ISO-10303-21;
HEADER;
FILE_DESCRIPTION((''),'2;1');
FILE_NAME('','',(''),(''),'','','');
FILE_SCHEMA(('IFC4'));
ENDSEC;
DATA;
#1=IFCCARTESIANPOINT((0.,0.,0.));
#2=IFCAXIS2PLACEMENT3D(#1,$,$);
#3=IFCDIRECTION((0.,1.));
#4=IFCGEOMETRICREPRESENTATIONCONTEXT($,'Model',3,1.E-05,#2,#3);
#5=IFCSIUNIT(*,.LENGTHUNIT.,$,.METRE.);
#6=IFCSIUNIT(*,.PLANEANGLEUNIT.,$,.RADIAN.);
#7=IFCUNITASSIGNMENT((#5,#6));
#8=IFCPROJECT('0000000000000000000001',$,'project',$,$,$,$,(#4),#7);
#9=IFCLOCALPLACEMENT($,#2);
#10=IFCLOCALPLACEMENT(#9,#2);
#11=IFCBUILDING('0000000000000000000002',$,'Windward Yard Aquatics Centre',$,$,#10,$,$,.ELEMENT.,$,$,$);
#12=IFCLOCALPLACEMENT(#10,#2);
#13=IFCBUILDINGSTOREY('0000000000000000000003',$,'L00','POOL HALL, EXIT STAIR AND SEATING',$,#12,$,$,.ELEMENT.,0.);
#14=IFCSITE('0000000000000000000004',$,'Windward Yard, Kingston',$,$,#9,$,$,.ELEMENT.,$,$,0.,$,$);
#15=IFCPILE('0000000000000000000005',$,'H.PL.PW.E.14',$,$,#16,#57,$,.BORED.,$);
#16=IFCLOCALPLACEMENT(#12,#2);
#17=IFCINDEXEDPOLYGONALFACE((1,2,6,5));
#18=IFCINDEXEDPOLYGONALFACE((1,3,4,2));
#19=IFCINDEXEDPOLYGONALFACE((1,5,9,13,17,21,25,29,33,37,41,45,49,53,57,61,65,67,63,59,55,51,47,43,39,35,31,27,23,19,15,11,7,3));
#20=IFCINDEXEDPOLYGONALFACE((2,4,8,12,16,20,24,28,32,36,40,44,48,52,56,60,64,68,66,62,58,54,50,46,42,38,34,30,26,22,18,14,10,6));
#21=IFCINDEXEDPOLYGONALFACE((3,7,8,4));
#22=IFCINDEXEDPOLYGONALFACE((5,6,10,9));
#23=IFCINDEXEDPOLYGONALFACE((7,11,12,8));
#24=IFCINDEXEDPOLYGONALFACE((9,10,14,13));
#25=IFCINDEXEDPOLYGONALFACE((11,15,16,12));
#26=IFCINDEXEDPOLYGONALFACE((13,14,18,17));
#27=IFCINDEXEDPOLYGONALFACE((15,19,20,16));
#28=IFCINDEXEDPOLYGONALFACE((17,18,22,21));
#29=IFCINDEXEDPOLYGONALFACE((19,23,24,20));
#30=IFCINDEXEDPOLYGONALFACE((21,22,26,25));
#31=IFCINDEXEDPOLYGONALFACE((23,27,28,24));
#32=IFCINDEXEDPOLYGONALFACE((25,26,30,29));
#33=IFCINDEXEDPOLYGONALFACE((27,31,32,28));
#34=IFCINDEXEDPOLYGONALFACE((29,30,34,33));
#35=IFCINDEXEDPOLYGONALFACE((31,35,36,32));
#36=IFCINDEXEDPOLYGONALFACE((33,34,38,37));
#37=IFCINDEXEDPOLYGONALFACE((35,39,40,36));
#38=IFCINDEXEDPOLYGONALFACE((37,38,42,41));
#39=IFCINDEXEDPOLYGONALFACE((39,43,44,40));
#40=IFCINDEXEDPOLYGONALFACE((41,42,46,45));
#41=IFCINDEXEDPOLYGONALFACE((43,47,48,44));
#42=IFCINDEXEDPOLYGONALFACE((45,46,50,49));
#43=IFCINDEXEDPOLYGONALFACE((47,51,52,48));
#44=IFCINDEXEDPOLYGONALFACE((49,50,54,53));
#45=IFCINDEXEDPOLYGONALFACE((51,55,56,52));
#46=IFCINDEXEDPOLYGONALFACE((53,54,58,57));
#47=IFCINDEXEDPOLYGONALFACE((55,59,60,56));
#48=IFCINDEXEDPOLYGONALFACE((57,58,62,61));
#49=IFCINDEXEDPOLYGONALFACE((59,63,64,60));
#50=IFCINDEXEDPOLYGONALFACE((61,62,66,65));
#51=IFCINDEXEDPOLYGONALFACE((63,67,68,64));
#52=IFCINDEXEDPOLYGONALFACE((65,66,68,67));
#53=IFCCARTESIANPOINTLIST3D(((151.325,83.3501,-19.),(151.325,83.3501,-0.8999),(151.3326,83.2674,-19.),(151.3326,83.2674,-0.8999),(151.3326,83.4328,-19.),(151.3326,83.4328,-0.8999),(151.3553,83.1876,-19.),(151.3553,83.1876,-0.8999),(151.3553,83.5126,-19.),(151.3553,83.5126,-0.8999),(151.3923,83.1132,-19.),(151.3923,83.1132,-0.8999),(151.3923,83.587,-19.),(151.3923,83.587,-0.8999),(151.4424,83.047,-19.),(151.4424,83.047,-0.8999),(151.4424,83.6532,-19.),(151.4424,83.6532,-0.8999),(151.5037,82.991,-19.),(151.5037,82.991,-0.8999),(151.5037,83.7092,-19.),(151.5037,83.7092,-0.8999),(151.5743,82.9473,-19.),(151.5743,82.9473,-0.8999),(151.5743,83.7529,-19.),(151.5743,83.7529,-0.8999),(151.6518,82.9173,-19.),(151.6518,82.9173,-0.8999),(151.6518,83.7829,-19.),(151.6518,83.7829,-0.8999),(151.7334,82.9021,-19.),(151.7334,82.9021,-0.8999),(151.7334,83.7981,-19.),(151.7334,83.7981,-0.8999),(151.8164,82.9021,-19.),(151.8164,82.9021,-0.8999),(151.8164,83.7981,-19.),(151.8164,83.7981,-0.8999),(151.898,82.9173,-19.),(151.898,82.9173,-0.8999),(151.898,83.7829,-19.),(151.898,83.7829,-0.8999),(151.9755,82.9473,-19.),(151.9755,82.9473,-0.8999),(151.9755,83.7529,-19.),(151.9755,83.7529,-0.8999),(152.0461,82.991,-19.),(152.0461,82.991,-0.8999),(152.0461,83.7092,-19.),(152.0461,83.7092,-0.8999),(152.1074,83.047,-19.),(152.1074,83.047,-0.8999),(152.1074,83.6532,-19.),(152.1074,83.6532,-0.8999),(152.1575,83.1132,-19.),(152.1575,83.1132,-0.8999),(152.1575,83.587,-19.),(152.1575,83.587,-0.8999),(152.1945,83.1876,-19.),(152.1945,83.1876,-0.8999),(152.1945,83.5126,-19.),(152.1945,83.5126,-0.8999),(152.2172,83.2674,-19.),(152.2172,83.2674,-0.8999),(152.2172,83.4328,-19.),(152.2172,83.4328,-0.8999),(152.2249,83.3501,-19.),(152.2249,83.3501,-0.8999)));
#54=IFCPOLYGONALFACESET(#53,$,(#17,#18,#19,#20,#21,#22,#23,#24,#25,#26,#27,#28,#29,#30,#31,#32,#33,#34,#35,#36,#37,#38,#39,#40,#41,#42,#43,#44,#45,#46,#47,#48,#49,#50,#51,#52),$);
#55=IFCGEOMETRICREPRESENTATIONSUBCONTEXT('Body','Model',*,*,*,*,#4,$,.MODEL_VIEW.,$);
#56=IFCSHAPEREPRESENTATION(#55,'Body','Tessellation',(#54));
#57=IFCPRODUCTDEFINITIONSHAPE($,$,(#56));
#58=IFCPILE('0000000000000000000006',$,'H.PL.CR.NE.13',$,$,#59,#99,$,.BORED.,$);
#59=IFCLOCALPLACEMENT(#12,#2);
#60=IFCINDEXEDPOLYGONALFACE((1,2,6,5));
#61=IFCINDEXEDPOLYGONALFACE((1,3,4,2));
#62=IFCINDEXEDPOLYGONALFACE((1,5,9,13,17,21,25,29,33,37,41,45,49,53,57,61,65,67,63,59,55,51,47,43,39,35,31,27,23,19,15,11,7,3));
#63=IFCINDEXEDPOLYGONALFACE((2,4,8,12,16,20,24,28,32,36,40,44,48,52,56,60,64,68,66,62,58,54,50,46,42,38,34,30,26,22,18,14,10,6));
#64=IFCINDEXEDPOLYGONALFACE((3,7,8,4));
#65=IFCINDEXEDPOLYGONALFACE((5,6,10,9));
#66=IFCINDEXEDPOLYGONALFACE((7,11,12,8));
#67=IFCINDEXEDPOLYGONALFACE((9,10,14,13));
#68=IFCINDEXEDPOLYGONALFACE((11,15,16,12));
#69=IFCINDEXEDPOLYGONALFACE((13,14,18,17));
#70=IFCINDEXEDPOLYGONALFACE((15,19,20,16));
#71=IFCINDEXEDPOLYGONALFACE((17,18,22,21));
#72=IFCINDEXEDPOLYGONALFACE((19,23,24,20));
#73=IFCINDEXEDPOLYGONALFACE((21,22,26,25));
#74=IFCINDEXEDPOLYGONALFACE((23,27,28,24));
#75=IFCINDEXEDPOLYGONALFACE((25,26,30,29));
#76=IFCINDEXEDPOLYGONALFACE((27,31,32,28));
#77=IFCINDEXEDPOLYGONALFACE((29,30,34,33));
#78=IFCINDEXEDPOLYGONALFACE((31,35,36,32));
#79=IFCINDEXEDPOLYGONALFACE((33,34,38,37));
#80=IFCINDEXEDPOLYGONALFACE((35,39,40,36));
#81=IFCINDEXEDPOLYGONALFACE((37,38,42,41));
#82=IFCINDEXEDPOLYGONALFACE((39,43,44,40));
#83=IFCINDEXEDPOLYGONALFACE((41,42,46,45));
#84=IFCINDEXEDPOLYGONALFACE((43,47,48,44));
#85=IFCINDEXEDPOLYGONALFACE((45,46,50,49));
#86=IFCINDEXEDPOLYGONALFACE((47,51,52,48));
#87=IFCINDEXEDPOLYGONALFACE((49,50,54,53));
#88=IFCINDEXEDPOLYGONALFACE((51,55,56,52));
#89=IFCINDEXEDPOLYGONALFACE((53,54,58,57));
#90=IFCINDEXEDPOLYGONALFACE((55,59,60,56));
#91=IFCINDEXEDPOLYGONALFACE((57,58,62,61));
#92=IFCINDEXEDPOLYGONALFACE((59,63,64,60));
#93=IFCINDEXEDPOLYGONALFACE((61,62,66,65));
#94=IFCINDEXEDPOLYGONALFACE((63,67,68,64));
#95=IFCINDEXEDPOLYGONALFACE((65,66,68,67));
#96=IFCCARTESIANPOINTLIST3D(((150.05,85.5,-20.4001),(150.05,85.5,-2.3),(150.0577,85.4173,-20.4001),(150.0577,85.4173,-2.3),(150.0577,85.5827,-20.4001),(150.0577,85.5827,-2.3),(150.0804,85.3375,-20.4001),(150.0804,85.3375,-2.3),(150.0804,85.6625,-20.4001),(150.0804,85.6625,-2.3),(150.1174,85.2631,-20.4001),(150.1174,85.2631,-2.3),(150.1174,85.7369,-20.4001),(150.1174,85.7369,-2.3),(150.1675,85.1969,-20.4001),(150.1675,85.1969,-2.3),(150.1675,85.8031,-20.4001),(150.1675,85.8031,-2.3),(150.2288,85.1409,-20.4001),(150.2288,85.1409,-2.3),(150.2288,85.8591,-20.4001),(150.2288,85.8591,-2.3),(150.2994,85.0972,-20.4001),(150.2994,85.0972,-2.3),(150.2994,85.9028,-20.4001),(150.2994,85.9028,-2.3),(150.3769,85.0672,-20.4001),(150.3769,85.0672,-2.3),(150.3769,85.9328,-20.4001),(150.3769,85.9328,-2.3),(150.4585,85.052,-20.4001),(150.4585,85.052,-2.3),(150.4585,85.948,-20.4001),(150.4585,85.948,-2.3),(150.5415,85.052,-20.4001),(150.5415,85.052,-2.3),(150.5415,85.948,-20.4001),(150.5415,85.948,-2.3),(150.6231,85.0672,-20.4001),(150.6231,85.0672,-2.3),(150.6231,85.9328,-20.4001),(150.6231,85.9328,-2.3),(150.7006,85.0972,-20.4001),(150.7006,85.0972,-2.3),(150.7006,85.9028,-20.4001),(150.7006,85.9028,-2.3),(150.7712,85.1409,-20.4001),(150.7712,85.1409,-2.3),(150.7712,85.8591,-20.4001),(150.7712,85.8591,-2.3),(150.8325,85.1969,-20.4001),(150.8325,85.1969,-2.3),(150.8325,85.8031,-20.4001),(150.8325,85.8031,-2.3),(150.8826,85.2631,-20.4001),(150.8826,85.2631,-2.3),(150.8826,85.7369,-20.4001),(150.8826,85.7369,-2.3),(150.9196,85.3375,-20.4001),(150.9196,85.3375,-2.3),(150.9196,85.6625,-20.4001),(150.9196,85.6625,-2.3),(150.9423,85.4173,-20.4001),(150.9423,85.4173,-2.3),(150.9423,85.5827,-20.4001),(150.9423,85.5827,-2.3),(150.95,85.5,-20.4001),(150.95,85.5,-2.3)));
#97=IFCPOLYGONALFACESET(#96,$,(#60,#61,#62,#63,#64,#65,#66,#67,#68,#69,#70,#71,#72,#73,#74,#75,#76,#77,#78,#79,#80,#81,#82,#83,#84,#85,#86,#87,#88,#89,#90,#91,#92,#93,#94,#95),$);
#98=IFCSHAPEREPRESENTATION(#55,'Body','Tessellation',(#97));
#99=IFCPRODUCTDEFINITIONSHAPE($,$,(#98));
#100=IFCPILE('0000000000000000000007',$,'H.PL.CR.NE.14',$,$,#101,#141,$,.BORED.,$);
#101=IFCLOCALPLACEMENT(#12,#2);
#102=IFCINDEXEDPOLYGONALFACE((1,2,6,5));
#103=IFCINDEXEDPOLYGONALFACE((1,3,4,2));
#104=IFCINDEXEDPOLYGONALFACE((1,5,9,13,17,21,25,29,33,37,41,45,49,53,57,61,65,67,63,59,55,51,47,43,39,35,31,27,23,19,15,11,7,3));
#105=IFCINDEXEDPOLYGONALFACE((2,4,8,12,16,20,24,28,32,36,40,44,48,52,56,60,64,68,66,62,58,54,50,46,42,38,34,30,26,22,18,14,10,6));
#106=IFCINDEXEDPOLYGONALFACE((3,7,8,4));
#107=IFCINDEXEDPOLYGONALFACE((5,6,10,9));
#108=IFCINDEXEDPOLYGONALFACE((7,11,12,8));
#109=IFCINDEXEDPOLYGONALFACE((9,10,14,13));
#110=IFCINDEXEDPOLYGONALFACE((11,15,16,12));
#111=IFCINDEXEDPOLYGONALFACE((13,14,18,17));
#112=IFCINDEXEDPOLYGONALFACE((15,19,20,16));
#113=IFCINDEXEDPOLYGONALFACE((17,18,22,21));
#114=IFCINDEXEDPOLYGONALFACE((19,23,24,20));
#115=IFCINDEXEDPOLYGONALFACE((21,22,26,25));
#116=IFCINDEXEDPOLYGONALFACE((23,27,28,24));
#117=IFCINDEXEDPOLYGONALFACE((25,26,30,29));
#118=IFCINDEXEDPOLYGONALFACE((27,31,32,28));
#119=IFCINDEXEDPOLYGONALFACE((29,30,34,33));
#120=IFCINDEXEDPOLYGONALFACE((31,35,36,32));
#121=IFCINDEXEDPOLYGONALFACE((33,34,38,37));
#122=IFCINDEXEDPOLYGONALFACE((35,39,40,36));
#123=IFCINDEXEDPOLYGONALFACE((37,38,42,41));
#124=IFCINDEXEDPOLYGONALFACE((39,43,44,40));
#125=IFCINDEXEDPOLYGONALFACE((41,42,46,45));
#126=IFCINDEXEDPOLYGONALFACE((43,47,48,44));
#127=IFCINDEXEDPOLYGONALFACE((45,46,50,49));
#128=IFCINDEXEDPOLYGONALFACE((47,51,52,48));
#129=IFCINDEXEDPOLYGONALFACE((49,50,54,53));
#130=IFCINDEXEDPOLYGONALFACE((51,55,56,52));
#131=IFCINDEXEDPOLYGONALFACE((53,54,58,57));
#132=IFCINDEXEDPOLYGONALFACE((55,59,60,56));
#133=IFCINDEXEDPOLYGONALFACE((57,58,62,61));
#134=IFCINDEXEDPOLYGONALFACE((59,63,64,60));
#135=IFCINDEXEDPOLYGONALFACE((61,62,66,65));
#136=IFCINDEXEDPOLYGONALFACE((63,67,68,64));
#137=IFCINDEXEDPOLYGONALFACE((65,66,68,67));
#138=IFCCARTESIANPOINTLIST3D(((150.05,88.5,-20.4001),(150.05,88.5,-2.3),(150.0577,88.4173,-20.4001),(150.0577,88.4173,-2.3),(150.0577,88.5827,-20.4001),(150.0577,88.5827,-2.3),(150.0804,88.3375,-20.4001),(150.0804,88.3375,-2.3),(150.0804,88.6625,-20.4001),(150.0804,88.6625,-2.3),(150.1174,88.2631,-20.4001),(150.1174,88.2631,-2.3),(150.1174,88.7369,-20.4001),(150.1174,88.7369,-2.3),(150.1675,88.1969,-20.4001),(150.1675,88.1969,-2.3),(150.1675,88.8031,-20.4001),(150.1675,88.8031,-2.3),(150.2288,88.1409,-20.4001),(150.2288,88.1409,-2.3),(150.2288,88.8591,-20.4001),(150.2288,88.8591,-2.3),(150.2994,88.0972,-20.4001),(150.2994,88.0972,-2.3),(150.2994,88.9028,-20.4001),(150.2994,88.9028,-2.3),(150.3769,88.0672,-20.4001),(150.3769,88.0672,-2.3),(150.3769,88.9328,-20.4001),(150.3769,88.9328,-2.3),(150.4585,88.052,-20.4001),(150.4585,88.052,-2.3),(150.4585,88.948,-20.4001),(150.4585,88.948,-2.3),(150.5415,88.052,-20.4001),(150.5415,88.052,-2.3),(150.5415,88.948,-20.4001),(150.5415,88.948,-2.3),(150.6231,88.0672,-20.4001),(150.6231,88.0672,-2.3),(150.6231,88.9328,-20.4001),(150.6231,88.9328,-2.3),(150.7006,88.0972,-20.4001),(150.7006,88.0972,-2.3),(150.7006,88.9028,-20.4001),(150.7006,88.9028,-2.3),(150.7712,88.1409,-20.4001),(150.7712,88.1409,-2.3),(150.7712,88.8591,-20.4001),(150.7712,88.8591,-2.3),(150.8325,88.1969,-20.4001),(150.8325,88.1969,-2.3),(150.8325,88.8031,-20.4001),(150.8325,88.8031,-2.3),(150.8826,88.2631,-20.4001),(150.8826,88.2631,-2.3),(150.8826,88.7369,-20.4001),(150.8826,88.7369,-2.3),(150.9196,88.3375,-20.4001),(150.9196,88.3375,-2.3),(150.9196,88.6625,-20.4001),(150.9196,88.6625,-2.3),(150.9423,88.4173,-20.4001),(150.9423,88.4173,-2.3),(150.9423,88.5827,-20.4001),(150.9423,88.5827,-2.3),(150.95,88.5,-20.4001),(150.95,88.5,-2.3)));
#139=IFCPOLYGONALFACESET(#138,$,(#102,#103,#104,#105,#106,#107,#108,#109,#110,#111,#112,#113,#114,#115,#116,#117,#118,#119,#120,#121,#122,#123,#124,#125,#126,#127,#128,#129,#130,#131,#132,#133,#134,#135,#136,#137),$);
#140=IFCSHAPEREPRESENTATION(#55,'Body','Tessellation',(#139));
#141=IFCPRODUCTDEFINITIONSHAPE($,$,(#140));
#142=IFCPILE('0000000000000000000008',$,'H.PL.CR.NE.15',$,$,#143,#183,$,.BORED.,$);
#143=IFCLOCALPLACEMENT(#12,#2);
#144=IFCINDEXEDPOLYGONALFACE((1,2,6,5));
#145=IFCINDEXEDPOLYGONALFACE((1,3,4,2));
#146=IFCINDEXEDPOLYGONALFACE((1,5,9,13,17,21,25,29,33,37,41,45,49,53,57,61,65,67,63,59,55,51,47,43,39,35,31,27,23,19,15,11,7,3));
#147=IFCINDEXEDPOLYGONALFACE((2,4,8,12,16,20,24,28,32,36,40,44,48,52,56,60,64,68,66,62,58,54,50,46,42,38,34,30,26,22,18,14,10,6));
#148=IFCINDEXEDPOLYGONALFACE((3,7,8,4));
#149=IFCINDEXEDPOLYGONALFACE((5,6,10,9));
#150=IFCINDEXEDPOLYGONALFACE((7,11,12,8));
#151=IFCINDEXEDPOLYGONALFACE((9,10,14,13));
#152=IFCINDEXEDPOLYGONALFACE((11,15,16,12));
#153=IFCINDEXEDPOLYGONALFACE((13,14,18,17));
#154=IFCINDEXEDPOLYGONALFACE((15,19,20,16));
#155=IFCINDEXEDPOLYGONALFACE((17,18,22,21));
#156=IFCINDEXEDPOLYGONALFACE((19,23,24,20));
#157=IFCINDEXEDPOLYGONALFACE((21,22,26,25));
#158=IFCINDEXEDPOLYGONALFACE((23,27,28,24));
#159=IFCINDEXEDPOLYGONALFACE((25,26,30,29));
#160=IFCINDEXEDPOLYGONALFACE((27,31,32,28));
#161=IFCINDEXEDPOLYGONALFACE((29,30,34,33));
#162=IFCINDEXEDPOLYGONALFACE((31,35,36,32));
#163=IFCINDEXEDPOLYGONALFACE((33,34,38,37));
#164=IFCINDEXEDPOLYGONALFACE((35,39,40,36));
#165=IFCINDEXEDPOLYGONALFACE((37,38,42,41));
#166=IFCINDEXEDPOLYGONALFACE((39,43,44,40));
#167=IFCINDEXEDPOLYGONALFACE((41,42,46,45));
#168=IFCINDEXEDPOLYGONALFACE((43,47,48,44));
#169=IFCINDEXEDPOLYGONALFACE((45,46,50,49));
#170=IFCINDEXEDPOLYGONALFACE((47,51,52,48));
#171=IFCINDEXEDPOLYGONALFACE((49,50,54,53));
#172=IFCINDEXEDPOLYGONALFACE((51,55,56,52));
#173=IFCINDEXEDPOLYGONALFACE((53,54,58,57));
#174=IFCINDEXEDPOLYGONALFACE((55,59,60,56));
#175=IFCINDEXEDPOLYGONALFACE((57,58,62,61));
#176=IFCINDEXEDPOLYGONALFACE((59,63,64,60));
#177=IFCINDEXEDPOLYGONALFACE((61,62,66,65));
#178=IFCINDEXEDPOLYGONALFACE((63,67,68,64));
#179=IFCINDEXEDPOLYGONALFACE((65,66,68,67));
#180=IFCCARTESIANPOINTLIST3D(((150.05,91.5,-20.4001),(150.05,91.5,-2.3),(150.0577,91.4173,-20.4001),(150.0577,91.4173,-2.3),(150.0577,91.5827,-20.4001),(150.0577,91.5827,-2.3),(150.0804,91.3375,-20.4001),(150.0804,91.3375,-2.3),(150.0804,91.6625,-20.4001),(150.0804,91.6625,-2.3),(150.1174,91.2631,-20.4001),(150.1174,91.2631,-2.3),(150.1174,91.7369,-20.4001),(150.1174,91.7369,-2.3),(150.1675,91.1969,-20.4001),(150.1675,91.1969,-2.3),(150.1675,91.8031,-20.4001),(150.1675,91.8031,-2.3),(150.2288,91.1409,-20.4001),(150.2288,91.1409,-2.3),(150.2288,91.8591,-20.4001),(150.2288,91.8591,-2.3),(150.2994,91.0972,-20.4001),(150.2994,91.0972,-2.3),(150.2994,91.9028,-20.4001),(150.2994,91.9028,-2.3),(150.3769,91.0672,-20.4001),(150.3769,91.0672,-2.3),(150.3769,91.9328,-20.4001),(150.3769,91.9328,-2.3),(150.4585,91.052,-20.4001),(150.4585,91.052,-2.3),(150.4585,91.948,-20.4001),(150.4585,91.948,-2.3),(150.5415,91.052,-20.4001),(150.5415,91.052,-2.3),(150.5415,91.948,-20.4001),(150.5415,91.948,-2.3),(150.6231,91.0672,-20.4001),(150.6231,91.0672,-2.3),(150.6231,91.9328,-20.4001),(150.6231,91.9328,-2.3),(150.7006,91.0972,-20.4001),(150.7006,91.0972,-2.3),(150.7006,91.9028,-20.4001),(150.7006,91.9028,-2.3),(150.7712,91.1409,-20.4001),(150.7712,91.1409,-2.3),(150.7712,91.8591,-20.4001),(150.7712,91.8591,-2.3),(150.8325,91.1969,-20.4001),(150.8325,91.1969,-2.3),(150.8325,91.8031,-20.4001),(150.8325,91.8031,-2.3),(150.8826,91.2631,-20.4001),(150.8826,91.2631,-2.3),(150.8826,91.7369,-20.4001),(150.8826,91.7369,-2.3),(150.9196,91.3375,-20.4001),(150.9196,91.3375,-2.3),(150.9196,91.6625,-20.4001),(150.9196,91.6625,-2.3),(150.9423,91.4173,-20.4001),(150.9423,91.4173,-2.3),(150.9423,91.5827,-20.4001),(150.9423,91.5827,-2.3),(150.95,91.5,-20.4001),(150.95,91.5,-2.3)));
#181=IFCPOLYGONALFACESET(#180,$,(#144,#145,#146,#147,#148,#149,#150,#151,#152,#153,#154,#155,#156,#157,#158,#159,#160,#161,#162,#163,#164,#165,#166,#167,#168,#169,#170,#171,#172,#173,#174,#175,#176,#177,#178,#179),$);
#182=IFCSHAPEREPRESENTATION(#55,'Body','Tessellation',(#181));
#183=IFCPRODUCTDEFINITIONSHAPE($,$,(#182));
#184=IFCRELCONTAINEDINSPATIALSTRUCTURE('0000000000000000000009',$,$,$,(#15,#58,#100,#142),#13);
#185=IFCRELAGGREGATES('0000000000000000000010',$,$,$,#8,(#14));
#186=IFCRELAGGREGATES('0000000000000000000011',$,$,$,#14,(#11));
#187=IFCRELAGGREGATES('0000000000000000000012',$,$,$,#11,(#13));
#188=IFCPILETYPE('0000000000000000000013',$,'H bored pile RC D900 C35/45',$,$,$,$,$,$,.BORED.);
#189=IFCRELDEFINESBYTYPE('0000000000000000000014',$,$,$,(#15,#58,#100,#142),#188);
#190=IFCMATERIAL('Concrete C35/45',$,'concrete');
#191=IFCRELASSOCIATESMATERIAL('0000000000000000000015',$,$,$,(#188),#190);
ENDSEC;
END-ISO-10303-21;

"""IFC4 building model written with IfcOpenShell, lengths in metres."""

from ifc_helpers import new_model, si_unit, direction, frame, origin, origin_2d, place, context, subcontext, project, spatial, circle, extrude, material, material_profile, profile_set, type_object, element, save


model = new_model("IFC4")

# Units and contexts
model_context = context("Model", 3, precision=1e-05, world=origin(), true_north=direction((0.0, 1.0)))
body_context = subcontext(model_context, "Body", "Model", "MODEL_VIEW")
ifc_project = project(units=[si_unit("LENGTHUNIT", "METRE"), si_unit("PLANEANGLEUNIT", "RADIAN")], contexts=[model_context])

# Site, building, storey
site_placement = place(None, origin())
site = spatial("IfcSite", under=ifc_project, at=site_placement, Name="Windward Yard, Kingston", CompositionType="ELEMENT", RefElevation=0.0)
building_placement = place(site_placement, origin())
building = spatial("IfcBuilding", under=site, at=building_placement, Name="Windward Yard Aquatics Centre", CompositionType="ELEMENT")
storey_placement = place(building_placement, origin())
storey = spatial("IfcBuildingStorey", under=building, at=storey_placement, Name="L00", Description="POOL HALL, EXIT STAIR AND SEATING", CompositionType="ELEMENT", Elevation=0.0)

# Piles
ifc_material_1 = material(Name="Concrete C35/45", Category="concrete")
ifc_material_profile = material_profile(ifc_material_1, circle(Radius=0.45, at=origin_2d()), Name="RC D900")
ifc_profile_set = profile_set([ifc_material_profile], Name="Concrete C35/45")
pile_type = type_object("IfcPileType", Name="H bored pile RC D900 C35/45", PredefinedType="BORED", material=ifc_profile_set)
for number, where, z_axis, x_axis, name in (
    (1, (151.7749, 83.3501, -0.8999), (0.0, 0.0, -1.0), (1.0, 0.0, 0.0), "H.PL.PW.E.14"),
    (2, (150.5, 85.5, -2.3), (0.0, 0.0, -1.0), (1.0, 0.0, 0.0), "H.PL.CR.NE.13"),
    (3, (150.5, 88.5, -2.3), (0.0, 0.0, -1.0), (1.0, 0.0, 0.0), "H.PL.CR.NE.14"),
    (4, (150.5, 91.5, -2.3), (0.0, 0.0, -1.0), (1.0, 0.0, 0.0), "H.PL.CR.NE.15"),
):
    element("IfcPile", number, at=place(storey_placement, frame(where, z_axis=z_axis, x_axis=x_axis)), inside=storey, type_object=pile_type, Name=name, PredefinedType="BORED", context=body_context, shape_type="SweptSolid", body=[
        extrude(circle(Radius=0.45, at=origin_2d()), origin(), (0.0, 0.0, 1.0), 18.1001),
    ])

save(model, "model.ifc")
